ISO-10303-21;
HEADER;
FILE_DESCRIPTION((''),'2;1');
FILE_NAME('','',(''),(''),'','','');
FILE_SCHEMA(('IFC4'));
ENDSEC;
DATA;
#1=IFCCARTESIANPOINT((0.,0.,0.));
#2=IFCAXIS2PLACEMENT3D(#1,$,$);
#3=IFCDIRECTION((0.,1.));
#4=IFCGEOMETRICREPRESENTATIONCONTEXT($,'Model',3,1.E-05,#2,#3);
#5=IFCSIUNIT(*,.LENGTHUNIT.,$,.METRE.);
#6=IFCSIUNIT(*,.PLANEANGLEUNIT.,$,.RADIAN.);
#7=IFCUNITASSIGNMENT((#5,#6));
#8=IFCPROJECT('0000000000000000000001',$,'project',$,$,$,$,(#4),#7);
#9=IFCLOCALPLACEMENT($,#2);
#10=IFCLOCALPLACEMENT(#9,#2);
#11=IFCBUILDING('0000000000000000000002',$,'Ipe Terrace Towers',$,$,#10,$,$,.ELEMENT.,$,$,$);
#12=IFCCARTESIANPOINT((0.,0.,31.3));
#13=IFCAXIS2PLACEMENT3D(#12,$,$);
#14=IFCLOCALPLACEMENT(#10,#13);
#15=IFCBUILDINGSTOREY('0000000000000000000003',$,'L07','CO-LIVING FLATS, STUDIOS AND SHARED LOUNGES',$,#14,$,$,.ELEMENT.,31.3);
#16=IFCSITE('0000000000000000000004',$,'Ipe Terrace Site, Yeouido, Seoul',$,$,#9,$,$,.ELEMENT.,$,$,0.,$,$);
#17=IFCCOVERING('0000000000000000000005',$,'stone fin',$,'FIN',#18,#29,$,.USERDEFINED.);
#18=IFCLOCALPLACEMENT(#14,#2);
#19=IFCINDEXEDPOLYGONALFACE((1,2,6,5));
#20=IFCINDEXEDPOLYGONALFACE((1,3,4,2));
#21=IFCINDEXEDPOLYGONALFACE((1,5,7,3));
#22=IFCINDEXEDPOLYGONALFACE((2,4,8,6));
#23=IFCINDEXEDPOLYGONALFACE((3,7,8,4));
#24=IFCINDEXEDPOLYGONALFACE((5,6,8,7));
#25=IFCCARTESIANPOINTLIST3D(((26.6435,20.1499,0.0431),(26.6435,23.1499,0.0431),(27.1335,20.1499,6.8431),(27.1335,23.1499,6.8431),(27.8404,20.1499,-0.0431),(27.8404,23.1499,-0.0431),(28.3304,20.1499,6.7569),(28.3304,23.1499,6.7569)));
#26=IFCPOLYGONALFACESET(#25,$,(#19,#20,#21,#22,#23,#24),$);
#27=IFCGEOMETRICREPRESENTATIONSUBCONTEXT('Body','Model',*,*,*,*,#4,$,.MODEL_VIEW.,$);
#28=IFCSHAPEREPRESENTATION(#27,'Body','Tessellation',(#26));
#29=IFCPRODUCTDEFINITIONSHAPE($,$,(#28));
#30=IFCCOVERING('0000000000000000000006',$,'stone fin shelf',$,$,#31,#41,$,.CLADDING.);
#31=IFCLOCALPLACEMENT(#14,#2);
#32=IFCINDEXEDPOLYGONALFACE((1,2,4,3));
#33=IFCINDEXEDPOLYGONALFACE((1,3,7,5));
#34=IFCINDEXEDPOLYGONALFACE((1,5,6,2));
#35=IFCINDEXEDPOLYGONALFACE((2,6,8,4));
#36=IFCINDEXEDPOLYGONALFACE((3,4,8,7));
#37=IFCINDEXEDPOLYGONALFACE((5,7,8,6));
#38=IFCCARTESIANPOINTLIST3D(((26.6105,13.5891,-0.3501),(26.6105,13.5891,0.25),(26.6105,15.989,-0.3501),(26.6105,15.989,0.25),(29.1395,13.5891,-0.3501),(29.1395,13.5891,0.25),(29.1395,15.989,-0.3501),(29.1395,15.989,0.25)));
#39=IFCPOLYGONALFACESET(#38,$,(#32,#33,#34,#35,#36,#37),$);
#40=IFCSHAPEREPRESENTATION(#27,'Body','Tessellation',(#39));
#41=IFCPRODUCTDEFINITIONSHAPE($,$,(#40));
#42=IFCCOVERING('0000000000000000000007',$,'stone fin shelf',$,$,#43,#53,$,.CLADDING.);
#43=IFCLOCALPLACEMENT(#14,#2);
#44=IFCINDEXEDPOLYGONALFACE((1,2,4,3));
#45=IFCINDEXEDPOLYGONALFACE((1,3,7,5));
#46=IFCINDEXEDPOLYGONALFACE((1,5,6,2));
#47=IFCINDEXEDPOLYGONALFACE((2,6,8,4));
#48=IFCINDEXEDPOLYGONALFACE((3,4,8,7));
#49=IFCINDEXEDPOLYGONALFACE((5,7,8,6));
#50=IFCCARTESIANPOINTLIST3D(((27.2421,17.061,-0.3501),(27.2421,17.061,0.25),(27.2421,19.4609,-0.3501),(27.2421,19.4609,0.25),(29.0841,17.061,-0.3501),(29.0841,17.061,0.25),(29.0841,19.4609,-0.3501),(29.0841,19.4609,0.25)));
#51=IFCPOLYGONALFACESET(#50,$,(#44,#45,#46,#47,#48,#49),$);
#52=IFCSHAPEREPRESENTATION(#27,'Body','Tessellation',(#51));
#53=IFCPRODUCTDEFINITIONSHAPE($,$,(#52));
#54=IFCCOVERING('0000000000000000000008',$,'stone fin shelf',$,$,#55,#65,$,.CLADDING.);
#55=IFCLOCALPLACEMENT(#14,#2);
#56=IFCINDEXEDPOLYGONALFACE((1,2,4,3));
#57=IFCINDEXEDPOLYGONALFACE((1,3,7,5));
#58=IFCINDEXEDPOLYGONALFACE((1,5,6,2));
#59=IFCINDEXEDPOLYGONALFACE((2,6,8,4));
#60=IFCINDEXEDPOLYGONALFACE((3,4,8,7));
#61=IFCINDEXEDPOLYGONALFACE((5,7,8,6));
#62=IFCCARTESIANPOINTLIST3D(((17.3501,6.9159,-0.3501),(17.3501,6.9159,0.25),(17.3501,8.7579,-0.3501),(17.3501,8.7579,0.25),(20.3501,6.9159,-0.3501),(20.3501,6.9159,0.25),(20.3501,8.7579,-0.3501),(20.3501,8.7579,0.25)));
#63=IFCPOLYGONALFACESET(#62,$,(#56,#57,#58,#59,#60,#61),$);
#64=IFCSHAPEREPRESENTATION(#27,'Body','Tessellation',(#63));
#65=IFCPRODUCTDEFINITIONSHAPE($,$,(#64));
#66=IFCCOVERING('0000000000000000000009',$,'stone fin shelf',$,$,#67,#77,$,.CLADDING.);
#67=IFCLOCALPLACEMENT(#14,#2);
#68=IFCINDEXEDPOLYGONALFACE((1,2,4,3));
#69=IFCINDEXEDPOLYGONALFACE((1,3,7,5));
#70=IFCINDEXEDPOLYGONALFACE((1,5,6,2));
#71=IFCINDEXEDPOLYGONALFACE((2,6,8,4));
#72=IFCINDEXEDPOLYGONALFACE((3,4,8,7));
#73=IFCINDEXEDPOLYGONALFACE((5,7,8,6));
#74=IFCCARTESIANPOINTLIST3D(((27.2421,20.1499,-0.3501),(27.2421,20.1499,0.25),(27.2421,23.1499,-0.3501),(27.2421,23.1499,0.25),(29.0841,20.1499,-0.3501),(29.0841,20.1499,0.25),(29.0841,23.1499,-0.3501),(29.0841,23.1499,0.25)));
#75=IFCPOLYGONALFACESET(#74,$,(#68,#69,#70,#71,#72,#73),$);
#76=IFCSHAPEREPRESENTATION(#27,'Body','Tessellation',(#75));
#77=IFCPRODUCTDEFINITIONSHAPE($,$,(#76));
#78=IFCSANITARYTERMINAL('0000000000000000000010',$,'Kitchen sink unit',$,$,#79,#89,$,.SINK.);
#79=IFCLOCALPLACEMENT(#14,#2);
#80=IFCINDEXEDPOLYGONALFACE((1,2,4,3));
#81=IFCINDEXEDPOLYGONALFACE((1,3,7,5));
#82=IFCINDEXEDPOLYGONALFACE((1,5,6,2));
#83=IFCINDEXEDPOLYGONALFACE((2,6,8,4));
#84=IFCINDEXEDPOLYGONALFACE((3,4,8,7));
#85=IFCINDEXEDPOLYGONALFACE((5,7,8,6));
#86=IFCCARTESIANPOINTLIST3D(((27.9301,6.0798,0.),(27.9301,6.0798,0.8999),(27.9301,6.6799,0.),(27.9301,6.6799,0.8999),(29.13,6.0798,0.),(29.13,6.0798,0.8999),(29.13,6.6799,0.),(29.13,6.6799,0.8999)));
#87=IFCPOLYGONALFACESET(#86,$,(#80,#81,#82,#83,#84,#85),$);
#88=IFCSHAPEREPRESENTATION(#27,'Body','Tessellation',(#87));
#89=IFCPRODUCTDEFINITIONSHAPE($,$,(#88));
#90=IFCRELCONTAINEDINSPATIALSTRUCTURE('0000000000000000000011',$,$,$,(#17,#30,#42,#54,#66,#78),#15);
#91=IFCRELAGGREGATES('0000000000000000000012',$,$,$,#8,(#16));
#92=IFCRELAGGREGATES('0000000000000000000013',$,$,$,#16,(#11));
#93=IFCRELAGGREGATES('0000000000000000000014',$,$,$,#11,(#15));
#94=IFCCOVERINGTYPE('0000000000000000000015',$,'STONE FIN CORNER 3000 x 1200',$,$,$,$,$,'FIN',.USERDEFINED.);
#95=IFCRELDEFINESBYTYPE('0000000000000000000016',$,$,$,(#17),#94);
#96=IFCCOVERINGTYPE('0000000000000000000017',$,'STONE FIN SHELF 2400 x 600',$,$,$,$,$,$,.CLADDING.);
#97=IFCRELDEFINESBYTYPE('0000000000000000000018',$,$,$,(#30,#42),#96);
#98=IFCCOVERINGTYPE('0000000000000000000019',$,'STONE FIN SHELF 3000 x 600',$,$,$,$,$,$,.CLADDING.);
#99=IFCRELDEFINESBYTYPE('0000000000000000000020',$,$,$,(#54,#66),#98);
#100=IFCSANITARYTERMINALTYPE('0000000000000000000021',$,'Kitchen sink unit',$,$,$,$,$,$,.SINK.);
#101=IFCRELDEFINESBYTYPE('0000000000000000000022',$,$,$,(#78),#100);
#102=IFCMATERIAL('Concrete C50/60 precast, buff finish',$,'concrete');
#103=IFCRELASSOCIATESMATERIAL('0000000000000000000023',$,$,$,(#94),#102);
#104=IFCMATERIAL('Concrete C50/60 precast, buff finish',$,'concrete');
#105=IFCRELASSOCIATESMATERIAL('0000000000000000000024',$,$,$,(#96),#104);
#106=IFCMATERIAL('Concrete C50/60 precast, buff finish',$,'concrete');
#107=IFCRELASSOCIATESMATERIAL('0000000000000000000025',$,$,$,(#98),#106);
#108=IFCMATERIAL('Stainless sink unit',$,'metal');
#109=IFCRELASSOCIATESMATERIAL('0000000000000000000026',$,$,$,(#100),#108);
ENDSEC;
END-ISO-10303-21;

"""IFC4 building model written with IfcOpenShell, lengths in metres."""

from ifc_helpers import new_model, si_unit, direction, frame, origin, origin_2d, place, context, subcontext, project, spatial, rectangle, extrude, material, material_profile, profile_set, type_object, element, save


model = new_model("IFC4")

# Units and contexts
model_context = context("Model", 3, precision=1e-05, world=origin(), true_north=direction((0.0, 1.0)))
body_context = subcontext(model_context, "Body", "Model", "MODEL_VIEW")
ifc_project = project(units=[si_unit("LENGTHUNIT", "METRE"), si_unit("PLANEANGLEUNIT", "RADIAN")], contexts=[model_context])

# Site, building, storey
site_placement = place(None, origin())
site = spatial("IfcSite", under=ifc_project, at=site_placement, Name="Ipe Terrace Site, Yeouido, Seoul", CompositionType="ELEMENT", RefElevation=0.0)
building_placement = place(site_placement, origin())
building = spatial("IfcBuilding", under=site, at=building_placement, Name="Ipe Terrace Towers", CompositionType="ELEMENT")
storey_placement = place(building_placement, frame((0.0, 0.0, 31.3)))
storey = spatial("IfcBuildingStorey", under=building, at=storey_placement, Name="L07", Description="CO-LIVING FLATS, STUDIOS AND SHARED LOUNGES", CompositionType="ELEMENT", Elevation=31.3)

# Coverings
ifc_material_1 = material(Name="Concrete C50/60 precast, buff finish", Category="concrete")
ifc_material_profile_1 = material_profile(ifc_material_1, rectangle(XDim=3.0, YDim=1.2, at=origin_2d()), Name="STONE FIN CORNER 3000 x 1200")
ifc_profile_set_1 = profile_set([ifc_material_profile_1], Name="Concrete C50/60 precast, buff finish")
covering_type_1 = type_object("IfcCoveringType", Name="STONE FIN CORNER 3000 x 1200", ElementType="FIN", PredefinedType="USERDEFINED", material=ifc_profile_set_1)
for number, where, z_axis, x_axis, name in (
    (1, (27.2419, 21.6499, 0.0), (0.071871, 0.0, 0.997414), (0.0, -1.0, 0.0), "stone fin"),
):
    element("IfcCovering", number, at=place(storey_placement, frame(where, z_axis=z_axis, x_axis=x_axis)), inside=storey, type_object=covering_type_1, Name=name, ObjectType="FIN", PredefinedType="USERDEFINED", context=body_context, shape_type="SweptSolid", body=[
        extrude(rectangle(XDim=3.0, YDim=1.2, at=origin_2d()), origin(), (0.0, 0.0, 1.0), 6.8176),
    ])
ifc_material_2 = material(Name="Concrete C50/60 precast, buff finish", Category="concrete")
covering_type_2 = type_object("IfcCoveringType", Name="STONE FIN SHELF 2400 x 600", PredefinedType="CLADDING", material=ifc_material_2)
covering_1_placement = place(storey_placement, frame((27.875, 14.7891, -0.3501), z_axis=(0.0, 0.0, 1.0), x_axis=(0.0, -1.0, 0.0)))
element("IfcCovering", 2, at=covering_1_placement, inside=storey, type_object=covering_type_2, Name="stone fin shelf", PredefinedType="CLADDING", context=body_context, shape_type="SweptSolid", body=[
    extrude(rectangle(XDim=2.3999, YDim=2.5291, at=origin_2d()), origin(), (0.0, 0.0, 1.0), 0.6001),
])
covering_2_placement = place(storey_placement, frame((28.1631, 18.261, -0.3501), z_axis=(0.0, 0.0, 1.0), x_axis=(0.0, -1.0, 0.0)))
element("IfcCovering", 3, at=covering_2_placement, inside=storey, type_object=covering_type_2, Name="stone fin shelf", PredefinedType="CLADDING", context=body_context, shape_type="SweptSolid", body=[
    extrude(rectangle(XDim=2.3999, YDim=1.842, at=origin_2d()), origin(), (0.0, 0.0, 1.0), 0.6001),
])
ifc_material_3 = material(Name="Concrete C50/60 precast, buff finish", Category="concrete")
covering_type_3 = type_object("IfcCoveringType", Name="STONE FIN SHELF 3000 x 600", PredefinedType="CLADDING", material=ifc_material_3)
for number, where, z_axis, x_axis, name in (
    (4, (18.8501, 7.8369, -0.3501), (0.0, 0.0, 1.0), (-1.0, 0.0, 0.0), "stone fin shelf"),
    (5, (28.1631, 21.6499, -0.3501), (0.0, 0.0, 1.0), (0.0, -1.0, 0.0), "stone fin shelf"),
):
    element("IfcCovering", number, at=place(storey_placement, frame(where, z_axis=z_axis, x_axis=x_axis)), inside=storey, type_object=covering_type_3, Name=name, PredefinedType="CLADDING", context=body_context, shape_type="SweptSolid", body=[
        extrude(rectangle(XDim=3.0, YDim=1.842, at=origin_2d()), origin(), (0.0, 0.0, 1.0), 0.6001),
    ])

# Sanitary terminal
ifc_material_4 = material(Name="Stainless sink unit", Category="metal")
sanitary_terminal_type = type_object("IfcSanitaryTerminalType", Name="Kitchen sink unit", PredefinedType="SINK", material=ifc_material_4)
sanitary_terminal_placement = place(storey_placement, frame((28.53, 6.3799, 0.0), z_axis=(0.0, 0.0, 1.0), x_axis=(1.0, 0.0, 0.0)))
element("IfcSanitaryTerminal", 6, at=sanitary_terminal_placement, inside=storey, type_object=sanitary_terminal_type, Name="Kitchen sink unit", PredefinedType="SINK", context=body_context, shape_type="SweptSolid", body=[
    extrude(rectangle(XDim=1.2, YDim=0.6001, at=origin_2d()), origin(), (0.0, 0.0, 1.0), 0.8999),
])

save(model, "model.ifc")
